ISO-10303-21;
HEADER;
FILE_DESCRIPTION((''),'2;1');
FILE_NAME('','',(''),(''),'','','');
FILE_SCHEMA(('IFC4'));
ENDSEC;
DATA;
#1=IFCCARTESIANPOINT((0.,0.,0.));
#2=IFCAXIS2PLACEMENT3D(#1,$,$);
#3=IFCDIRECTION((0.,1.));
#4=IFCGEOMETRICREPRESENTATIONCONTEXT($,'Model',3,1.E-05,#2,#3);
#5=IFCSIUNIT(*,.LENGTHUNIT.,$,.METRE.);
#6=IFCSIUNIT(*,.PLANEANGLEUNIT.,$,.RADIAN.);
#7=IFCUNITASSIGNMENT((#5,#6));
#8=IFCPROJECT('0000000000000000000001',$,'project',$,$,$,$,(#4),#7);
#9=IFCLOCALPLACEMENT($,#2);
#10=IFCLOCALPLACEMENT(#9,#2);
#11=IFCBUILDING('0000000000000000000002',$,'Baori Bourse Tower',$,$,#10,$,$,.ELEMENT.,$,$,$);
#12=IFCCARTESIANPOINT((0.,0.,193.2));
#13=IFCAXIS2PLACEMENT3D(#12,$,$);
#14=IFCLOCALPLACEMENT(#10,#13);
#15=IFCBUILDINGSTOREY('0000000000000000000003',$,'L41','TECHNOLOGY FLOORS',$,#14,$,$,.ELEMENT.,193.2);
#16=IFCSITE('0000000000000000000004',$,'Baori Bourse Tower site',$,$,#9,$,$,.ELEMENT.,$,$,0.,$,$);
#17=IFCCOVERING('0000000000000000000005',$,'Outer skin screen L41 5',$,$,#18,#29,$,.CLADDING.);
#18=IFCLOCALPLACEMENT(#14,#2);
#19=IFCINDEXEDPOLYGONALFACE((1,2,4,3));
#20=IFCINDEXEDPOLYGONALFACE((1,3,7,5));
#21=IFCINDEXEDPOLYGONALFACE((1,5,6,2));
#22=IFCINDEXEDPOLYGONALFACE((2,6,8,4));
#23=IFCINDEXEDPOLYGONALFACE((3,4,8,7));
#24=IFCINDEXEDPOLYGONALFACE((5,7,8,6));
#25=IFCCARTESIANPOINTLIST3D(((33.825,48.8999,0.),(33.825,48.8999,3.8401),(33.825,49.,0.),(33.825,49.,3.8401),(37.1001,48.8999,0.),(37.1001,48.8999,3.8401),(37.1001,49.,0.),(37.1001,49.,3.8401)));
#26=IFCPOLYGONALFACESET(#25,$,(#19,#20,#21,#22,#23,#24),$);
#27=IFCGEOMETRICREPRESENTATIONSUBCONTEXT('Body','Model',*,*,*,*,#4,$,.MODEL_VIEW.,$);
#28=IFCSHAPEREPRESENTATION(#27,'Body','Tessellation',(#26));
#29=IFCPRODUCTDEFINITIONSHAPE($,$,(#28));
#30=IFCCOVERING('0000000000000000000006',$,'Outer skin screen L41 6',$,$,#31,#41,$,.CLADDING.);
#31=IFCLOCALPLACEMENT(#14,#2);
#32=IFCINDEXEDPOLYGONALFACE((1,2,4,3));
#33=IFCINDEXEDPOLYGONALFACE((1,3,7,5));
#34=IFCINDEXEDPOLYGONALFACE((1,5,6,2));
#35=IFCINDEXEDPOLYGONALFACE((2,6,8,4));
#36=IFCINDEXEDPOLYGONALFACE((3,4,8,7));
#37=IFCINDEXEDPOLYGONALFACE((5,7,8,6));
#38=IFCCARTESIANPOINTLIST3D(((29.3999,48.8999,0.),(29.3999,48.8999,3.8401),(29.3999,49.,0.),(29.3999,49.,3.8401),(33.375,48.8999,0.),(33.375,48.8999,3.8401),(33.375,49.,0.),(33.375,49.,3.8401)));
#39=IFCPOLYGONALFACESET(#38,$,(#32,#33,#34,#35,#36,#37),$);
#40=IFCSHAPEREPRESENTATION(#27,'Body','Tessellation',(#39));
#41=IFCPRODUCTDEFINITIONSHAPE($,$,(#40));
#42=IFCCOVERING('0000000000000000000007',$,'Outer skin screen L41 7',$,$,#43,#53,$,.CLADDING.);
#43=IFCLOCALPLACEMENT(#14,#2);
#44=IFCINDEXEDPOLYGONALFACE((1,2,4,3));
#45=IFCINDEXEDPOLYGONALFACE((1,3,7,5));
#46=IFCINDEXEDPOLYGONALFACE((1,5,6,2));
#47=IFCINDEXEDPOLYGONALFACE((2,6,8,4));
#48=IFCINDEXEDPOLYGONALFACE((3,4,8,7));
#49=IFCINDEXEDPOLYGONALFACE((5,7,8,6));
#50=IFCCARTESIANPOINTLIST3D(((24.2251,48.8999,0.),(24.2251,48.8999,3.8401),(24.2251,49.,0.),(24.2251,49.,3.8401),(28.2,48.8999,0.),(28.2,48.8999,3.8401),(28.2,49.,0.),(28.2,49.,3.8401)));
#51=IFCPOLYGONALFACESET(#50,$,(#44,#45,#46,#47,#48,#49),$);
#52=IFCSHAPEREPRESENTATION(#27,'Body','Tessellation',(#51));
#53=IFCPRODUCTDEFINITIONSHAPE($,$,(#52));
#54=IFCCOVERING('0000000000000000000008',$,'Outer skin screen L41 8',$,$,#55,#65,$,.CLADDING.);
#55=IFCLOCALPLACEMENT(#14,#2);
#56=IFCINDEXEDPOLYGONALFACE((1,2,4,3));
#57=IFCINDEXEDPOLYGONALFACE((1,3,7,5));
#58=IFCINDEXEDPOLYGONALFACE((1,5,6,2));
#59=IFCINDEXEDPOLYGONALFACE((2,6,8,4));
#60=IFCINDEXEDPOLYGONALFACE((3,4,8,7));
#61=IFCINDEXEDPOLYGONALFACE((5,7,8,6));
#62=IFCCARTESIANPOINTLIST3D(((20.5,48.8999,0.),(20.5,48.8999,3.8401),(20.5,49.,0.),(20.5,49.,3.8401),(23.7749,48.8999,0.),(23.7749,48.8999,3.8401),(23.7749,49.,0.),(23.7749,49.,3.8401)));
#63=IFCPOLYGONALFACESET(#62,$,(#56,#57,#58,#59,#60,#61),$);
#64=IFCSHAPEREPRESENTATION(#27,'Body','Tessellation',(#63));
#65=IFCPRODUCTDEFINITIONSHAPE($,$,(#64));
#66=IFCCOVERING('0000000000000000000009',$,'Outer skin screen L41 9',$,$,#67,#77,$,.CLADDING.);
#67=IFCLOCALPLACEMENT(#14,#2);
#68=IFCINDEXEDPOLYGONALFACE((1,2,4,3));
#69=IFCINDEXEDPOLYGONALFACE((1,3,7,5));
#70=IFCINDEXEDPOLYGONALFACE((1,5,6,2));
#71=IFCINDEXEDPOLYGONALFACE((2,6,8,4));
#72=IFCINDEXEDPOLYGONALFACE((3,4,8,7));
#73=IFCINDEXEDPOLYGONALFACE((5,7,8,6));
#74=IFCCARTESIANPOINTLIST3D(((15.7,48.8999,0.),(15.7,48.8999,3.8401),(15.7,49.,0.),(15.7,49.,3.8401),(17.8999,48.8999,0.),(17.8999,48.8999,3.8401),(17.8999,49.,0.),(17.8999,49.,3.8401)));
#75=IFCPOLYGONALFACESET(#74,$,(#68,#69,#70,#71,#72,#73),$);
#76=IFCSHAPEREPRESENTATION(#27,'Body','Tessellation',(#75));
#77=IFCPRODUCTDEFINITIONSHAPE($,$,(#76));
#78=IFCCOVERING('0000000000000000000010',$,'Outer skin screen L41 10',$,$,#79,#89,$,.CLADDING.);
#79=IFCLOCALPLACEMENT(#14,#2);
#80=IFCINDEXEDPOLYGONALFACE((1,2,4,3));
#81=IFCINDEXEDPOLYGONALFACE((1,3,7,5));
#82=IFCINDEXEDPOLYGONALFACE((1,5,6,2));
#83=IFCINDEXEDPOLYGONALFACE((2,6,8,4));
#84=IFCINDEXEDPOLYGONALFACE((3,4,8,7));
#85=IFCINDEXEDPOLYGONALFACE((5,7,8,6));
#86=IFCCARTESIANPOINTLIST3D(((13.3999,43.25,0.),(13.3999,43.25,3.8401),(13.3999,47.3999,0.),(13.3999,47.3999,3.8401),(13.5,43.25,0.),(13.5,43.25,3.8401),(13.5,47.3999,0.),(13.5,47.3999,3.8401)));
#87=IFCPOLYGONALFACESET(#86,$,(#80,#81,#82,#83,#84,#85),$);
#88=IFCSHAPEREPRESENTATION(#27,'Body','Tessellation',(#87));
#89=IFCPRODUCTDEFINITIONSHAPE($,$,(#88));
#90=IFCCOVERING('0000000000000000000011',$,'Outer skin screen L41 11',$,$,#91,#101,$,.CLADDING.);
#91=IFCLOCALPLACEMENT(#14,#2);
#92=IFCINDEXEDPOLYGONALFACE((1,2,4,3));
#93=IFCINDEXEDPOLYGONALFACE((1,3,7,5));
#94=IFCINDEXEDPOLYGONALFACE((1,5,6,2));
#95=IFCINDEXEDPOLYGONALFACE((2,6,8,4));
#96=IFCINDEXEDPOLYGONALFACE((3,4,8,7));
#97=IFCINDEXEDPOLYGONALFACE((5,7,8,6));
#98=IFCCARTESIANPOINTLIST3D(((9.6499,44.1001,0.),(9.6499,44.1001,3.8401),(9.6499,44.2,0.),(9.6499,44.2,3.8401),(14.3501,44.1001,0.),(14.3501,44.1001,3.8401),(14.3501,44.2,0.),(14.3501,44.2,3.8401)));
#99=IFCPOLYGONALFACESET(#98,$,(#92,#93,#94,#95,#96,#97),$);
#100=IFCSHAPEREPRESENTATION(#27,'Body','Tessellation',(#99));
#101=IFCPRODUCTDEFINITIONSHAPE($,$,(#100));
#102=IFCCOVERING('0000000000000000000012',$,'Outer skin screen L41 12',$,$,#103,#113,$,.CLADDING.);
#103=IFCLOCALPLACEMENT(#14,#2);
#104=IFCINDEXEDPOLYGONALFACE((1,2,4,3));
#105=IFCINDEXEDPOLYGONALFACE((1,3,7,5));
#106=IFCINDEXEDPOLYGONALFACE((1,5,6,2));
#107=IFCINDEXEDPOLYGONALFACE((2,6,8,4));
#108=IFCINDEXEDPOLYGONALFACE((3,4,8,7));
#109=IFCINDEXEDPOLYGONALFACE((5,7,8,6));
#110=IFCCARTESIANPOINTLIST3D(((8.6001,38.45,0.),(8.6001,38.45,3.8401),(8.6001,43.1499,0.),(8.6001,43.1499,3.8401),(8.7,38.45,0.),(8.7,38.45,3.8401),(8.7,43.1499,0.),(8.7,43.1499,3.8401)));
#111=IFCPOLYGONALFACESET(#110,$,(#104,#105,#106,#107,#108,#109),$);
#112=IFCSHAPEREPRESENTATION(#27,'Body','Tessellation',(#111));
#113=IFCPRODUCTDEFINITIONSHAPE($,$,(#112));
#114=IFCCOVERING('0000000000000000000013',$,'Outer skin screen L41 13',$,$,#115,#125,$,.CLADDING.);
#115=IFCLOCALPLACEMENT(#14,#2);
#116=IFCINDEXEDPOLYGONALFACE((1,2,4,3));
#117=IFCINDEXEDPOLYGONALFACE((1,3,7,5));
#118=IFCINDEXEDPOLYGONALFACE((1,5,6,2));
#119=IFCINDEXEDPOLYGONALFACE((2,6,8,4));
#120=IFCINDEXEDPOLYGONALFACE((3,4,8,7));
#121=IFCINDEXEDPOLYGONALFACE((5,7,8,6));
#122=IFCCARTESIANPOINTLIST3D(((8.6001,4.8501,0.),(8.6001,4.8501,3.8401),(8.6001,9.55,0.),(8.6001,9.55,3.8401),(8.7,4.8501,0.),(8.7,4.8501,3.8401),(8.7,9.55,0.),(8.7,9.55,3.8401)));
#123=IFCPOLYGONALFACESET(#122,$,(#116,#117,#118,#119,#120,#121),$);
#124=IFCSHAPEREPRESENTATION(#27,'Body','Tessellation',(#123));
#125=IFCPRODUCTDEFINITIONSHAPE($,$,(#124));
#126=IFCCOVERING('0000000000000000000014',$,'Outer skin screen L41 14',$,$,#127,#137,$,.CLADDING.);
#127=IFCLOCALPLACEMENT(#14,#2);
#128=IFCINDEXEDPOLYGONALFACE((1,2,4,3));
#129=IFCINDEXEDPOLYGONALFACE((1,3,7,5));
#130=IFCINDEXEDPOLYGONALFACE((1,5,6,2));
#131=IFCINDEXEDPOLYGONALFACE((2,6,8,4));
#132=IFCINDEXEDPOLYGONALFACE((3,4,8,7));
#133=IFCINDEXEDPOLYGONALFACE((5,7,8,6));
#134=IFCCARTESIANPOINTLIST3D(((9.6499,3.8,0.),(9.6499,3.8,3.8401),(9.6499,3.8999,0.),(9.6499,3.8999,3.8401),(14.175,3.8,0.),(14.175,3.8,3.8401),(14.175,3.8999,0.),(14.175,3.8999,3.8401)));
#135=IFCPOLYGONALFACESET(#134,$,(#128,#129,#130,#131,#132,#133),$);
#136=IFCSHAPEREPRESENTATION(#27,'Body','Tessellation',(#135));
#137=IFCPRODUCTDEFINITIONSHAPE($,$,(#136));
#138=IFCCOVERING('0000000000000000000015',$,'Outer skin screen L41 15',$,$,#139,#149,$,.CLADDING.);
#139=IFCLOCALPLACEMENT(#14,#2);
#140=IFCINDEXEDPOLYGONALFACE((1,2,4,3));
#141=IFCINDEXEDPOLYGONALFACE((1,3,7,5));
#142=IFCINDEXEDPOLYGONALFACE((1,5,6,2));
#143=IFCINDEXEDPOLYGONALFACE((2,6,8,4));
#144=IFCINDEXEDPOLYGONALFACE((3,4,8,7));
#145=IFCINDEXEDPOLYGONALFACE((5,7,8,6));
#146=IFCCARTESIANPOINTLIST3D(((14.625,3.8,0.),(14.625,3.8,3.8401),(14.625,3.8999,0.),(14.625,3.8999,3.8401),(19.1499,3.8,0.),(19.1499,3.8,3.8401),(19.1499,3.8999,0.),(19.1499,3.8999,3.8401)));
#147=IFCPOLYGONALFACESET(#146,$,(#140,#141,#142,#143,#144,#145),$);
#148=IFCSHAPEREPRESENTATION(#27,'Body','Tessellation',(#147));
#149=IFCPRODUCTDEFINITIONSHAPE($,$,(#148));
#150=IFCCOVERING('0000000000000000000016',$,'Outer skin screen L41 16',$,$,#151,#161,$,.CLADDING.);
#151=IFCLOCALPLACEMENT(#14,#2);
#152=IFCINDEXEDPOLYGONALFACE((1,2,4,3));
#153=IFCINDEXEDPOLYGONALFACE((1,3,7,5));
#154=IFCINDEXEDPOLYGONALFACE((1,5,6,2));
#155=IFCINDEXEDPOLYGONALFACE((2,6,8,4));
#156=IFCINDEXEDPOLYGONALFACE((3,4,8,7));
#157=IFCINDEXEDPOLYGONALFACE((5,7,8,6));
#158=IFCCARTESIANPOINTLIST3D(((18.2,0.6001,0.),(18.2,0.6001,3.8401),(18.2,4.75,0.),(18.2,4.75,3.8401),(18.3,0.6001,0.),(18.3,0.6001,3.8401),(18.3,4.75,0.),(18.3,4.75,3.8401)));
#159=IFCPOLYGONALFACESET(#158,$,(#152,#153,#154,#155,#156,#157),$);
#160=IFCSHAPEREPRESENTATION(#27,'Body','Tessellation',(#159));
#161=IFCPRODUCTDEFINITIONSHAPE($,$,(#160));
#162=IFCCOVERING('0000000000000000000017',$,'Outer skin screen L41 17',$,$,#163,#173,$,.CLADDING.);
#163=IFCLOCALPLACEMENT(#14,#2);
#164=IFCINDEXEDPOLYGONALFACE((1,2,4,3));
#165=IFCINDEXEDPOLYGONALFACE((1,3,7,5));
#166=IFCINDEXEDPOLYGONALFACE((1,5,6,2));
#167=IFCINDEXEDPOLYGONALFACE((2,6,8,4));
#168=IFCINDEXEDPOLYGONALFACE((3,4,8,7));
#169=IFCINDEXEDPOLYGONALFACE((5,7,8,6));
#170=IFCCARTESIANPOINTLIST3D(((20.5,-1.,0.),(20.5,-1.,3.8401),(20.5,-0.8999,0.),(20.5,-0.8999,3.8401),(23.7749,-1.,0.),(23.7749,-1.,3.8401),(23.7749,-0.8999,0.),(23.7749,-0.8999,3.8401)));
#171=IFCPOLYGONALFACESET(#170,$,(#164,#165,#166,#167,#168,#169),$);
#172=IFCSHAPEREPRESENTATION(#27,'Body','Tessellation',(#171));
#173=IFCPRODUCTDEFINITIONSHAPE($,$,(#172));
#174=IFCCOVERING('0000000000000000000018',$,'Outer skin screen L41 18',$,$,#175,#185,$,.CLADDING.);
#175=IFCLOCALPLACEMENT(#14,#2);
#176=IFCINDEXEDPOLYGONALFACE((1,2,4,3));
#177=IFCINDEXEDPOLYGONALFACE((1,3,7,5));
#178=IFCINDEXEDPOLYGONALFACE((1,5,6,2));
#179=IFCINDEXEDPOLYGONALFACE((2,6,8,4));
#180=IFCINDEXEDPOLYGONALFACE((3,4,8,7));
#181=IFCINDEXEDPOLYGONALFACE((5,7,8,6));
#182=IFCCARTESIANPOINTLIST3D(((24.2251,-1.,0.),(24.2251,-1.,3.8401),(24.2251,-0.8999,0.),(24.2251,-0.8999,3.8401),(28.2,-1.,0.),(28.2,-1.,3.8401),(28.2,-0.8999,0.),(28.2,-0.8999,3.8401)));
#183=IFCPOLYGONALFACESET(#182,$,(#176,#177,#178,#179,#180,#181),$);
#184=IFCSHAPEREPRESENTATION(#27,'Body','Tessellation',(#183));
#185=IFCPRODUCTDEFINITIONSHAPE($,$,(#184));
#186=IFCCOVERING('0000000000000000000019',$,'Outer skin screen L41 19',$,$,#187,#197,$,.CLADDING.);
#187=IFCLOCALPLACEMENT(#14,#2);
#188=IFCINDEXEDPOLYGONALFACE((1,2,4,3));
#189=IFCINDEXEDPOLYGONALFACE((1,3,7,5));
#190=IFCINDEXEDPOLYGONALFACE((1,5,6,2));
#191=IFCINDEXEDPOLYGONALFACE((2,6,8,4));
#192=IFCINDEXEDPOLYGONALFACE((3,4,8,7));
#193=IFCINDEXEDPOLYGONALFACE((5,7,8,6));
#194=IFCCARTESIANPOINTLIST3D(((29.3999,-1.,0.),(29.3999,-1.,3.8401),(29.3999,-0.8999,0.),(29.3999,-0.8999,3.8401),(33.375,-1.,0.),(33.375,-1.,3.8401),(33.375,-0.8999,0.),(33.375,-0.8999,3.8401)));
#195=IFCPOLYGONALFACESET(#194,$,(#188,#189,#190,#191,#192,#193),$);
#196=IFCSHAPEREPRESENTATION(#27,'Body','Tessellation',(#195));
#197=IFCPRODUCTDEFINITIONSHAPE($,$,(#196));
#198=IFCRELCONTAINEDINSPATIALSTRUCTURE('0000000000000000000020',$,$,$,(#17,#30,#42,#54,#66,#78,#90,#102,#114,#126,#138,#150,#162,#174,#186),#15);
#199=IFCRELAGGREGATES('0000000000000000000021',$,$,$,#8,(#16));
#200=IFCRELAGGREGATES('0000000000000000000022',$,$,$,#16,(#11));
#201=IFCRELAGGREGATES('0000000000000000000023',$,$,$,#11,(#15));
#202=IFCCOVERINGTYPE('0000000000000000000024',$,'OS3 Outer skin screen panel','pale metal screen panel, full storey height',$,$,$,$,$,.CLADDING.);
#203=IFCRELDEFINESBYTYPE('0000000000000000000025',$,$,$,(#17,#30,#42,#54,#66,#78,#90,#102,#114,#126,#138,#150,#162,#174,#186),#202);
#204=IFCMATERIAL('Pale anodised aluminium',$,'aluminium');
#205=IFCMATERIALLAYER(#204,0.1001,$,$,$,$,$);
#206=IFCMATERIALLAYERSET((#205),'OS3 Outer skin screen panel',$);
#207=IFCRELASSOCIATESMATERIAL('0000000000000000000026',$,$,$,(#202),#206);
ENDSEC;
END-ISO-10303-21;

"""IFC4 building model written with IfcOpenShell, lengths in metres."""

from ifc_helpers import new_model, si_unit, direction, frame, origin, place, context, subcontext, project, spatial, polyline, outline, extrude, material, layer, layer_set, type_object, element, save


model = new_model("IFC4")

# Units and contexts
model_context = context("Model", 3, precision=1e-05, world=origin(), true_north=direction((0.0, 1.0)))
body_context = subcontext(model_context, "Body", "Model", "MODEL_VIEW")
ifc_project = project(units=[si_unit("LENGTHUNIT", "METRE"), si_unit("PLANEANGLEUNIT", "RADIAN")], contexts=[model_context])

# Site, building, storey
site_placement = place(None, origin())
site = spatial("IfcSite", under=ifc_project, at=site_placement, Name="Baori Bourse Tower site", CompositionType="ELEMENT", RefElevation=0.0)
building_placement = place(site_placement, origin())
building = spatial("IfcBuilding", under=site, at=building_placement, Name="Baori Bourse Tower", CompositionType="ELEMENT")
storey_placement = place(building_placement, frame((0.0, 0.0, 193.2)))
storey = spatial("IfcBuildingStorey", under=building, at=storey_placement, Name="L41", Description="TECHNOLOGY FLOORS", CompositionType="ELEMENT", Elevation=193.2)

# Coverings
ifc_material_1 = material(Name="Pale anodised aluminium", Category="aluminium")
ifc_layer_1 = layer(ifc_material_1, 0.1001)
ifc_layer_set_1 = layer_set([ifc_layer_1], Name="OS3 Outer skin screen panel")
covering_type = type_object("IfcCoveringType", Name="OS3 Outer skin screen panel", Description="pale metal screen panel, full storey height", PredefinedType="CLADDING", material=ifc_layer_set_1)
covering_1_placement = place(storey_placement, origin())
element("IfcCovering", 1, at=covering_1_placement, inside=storey, type_object=covering_type, Name="Outer skin screen L41 5", PredefinedType="CLADDING", context=body_context, shape_type="SweptSolid", body=[
    extrude(outline(polyline([(33.825, 48.8999), (37.1001, 48.8999), (37.1001, 49.0), (33.825, 49.0), (33.825, 48.8999)])), origin(), (0.0, 0.0, 1.0), 3.8401),
])
covering_2_placement = place(storey_placement, origin())
element("IfcCovering", 2, at=covering_2_placement, inside=storey, type_object=covering_type, Name="Outer skin screen L41 6", PredefinedType="CLADDING", context=body_context, shape_type="SweptSolid", body=[
    extrude(outline(polyline([(29.3999, 48.8999), (33.375, 48.8999), (33.375, 49.0), (29.3999, 49.0), (29.3999, 48.8999)])), origin(), (0.0, 0.0, 1.0), 3.8401),
])
covering_3_placement = place(storey_placement, origin())
element("IfcCovering", 3, at=covering_3_placement, inside=storey, type_object=covering_type, Name="Outer skin screen L41 7", PredefinedType="CLADDING", context=body_context, shape_type="SweptSolid", body=[
    extrude(outline(polyline([(24.2251, 48.8999), (28.2, 48.8999), (28.2, 49.0), (24.2251, 49.0), (24.2251, 48.8999)])), origin(), (0.0, 0.0, 1.0), 3.8401),
])
covering_4_placement = place(storey_placement, origin())
element("IfcCovering", 4, at=covering_4_placement, inside=storey, type_object=covering_type, Name="Outer skin screen L41 8", PredefinedType="CLADDING", context=body_context, shape_type="SweptSolid", body=[
    extrude(outline(polyline([(20.5, 48.8999), (23.7749, 48.8999), (23.7749, 49.0), (20.5, 49.0), (20.5, 48.8999)])), origin(), (0.0, 0.0, 1.0), 3.8401),
])
covering_5_placement = place(storey_placement, origin())
element("IfcCovering", 5, at=covering_5_placement, inside=storey, type_object=covering_type, Name="Outer skin screen L41 9", PredefinedType="CLADDING", context=body_context, shape_type="SweptSolid", body=[
    extrude(outline(polyline([(15.7, 48.8999), (17.8999, 48.8999), (17.8999, 49.0), (15.7, 49.0), (15.7, 48.8999)])), origin(), (0.0, 0.0, 1.0), 3.8401),
])
covering_6_placement = place(storey_placement, origin())
element("IfcCovering", 6, at=covering_6_placement, inside=storey, type_object=covering_type, Name="Outer skin screen L41 10", PredefinedType="CLADDING", context=body_context, shape_type="SweptSolid", body=[
    extrude(outline(polyline([(13.5, 43.25), (13.5, 47.3999), (13.3999, 47.3999), (13.3999, 43.25), (13.5, 43.25)])), origin(), (0.0, 0.0, 1.0), 3.8401),
])
covering_7_placement = place(storey_placement, origin())
element("IfcCovering", 7, at=covering_7_placement, inside=storey, type_object=covering_type, Name="Outer skin screen L41 11", PredefinedType="CLADDING", context=body_context, shape_type="SweptSolid", body=[
    extrude(outline(polyline([(9.6499, 44.1001), (14.3501, 44.1001), (14.3501, 44.2), (9.6499, 44.2), (9.6499, 44.1001)])), origin(), (0.0, 0.0, 1.0), 3.8401),
])
covering_8_placement = place(storey_placement, origin())
element("IfcCovering", 8, at=covering_8_placement, inside=storey, type_object=covering_type, Name="Outer skin screen L41 12", PredefinedType="CLADDING", context=body_context, shape_type="SweptSolid", body=[
    extrude(outline(polyline([(8.7, 38.45), (8.7, 43.1499), (8.6001, 43.1499), (8.6001, 38.45), (8.7, 38.45)])), origin(), (0.0, 0.0, 1.0), 3.8401),
])
covering_9_placement = place(storey_placement, origin())
element("IfcCovering", 9, at=covering_9_placement, inside=storey, type_object=covering_type, Name="Outer skin screen L41 13", PredefinedType="CLADDING", context=body_context, shape_type="SweptSolid", body=[
    extrude(outline(polyline([(8.7, 4.8501), (8.7, 9.55), (8.6001, 9.55), (8.6001, 4.8501), (8.7, 4.8501)])), origin(), (0.0, 0.0, 1.0), 3.8401),
])
covering_10_placement = place(storey_placement, origin())
element("IfcCovering", 10, at=covering_10_placement, inside=storey, type_object=covering_type, Name="Outer skin screen L41 14", PredefinedType="CLADDING", context=body_context, shape_type="SweptSolid", body=[
    extrude(outline(polyline([(14.175, 3.8999), (9.6499, 3.8999), (9.6499, 3.8), (14.175, 3.8), (14.175, 3.8999)])), origin(), (0.0, 0.0, 1.0), 3.8401),
])
covering_11_placement = place(storey_placement, origin())
element("IfcCovering", 11, at=covering_11_placement, inside=storey, type_object=covering_type, Name="Outer skin screen L41 15", PredefinedType="CLADDING", context=body_context, shape_type="SweptSolid", body=[
    extrude(outline(polyline([(19.1499, 3.8999), (14.625, 3.8999), (14.625, 3.8), (19.1499, 3.8), (19.1499, 3.8999)])), origin(), (0.0, 0.0, 1.0), 3.8401),
])
covering_12_placement = place(storey_placement, origin())
element("IfcCovering", 12, at=covering_12_placement, inside=storey, type_object=covering_type, Name="Outer skin screen L41 16", PredefinedType="CLADDING", context=body_context, shape_type="SweptSolid", body=[
    extrude(outline(polyline([(18.3, 0.6001), (18.3, 4.75), (18.2, 4.75), (18.2, 0.6001), (18.3, 0.6001)])), origin(), (0.0, 0.0, 1.0), 3.8401),
])
covering_13_placement = place(storey_placement, origin())
element("IfcCovering", 13, at=covering_13_placement, inside=storey, type_object=covering_type, Name="Outer skin screen L41 17", PredefinedType="CLADDING", context=body_context, shape_type="SweptSolid", body=[
    extrude(outline(polyline([(23.7749, -0.8999), (20.5, -0.8999), (20.5, -1.0), (23.7749, -1.0), (23.7749, -0.8999)])), origin(), (0.0, 0.0, 1.0), 3.8401),
])
covering_14_placement = place(storey_placement, origin())
element("IfcCovering", 14, at=covering_14_placement, inside=storey, type_object=covering_type, Name="Outer skin screen L41 18", PredefinedType="CLADDING", context=body_context, shape_type="SweptSolid", body=[
    extrude(outline(polyline([(28.2, -0.8999), (24.2251, -0.8999), (24.2251, -1.0), (28.2, -1.0), (28.2, -0.8999)])), origin(), (0.0, 0.0, 1.0), 3.8401),
])
covering_15_placement = place(storey_placement, origin())
element("IfcCovering", 15, at=covering_15_placement, inside=storey, type_object=covering_type, Name="Outer skin screen L41 19", PredefinedType="CLADDING", context=body_context, shape_type="SweptSolid", body=[
    extrude(outline(polyline([(33.375, -0.8999), (29.3999, -0.8999), (29.3999, -1.0), (33.375, -1.0), (33.375, -0.8999)])), origin(), (0.0, 0.0, 1.0), 3.8401),
])

save(model, "model.ifc")
